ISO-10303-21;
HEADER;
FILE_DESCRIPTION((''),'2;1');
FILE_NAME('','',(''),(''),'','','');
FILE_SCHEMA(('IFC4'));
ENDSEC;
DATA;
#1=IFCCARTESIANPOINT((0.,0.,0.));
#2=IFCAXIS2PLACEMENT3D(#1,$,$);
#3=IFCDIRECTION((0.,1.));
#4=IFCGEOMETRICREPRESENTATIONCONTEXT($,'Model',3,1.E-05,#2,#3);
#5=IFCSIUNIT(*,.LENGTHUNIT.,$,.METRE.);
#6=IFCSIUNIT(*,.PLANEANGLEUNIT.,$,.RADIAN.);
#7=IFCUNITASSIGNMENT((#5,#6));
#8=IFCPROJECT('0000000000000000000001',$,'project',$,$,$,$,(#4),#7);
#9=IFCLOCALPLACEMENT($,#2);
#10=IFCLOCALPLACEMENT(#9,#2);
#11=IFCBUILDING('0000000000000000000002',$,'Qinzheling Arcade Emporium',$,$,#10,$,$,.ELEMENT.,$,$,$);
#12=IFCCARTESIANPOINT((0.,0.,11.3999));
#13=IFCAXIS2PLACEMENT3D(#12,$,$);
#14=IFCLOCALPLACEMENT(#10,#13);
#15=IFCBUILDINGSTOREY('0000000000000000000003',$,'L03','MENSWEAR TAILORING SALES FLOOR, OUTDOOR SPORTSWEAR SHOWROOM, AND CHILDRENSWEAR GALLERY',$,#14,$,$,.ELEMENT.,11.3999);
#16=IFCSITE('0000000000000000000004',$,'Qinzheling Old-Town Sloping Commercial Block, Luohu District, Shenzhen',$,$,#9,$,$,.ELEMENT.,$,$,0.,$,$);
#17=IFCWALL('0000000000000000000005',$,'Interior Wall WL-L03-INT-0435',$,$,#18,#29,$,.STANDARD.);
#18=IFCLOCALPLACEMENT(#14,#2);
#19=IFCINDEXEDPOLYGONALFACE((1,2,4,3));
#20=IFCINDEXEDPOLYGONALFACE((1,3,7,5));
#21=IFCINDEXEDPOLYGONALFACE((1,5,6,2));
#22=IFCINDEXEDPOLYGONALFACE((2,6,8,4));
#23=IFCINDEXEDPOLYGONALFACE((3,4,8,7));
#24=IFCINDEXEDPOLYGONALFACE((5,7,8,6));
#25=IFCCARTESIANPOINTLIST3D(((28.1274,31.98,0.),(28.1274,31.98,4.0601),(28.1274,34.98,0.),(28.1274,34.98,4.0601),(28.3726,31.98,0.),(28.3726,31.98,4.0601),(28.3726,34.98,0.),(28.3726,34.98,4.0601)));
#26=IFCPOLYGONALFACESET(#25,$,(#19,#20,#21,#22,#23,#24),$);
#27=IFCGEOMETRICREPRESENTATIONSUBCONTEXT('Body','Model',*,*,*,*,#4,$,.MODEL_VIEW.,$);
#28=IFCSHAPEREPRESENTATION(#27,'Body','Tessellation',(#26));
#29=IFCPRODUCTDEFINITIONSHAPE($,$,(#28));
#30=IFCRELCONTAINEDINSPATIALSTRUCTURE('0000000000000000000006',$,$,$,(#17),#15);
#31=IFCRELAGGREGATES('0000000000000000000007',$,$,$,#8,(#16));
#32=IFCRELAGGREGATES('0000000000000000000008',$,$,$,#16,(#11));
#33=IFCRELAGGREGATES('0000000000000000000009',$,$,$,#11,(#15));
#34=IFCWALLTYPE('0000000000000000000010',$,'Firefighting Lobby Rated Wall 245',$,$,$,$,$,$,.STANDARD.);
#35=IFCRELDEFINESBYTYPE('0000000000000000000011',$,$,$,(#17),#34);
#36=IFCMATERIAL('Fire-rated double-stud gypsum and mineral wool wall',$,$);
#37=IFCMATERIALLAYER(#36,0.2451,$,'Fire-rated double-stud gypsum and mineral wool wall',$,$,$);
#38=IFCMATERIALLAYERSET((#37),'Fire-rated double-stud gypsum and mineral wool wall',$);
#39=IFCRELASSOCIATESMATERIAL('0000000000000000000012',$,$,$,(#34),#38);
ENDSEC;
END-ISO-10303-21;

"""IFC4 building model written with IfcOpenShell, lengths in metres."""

from ifc_helpers import new_model, si_unit, direction, frame, frame_2d, origin, place, context, subcontext, project, spatial, rectangle, extrude, material, layer, layer_set, type_object, element, save


model = new_model("IFC4")

# Units and contexts
model_context = context("Model", 3, precision=1e-05, world=origin(), true_north=direction((0.0, 1.0)))
body_context = subcontext(model_context, "Body", "Model", "MODEL_VIEW")
ifc_project = project(units=[si_unit("LENGTHUNIT", "METRE"), si_unit("PLANEANGLEUNIT", "RADIAN")], contexts=[model_context])

# Site, building, storey
site_placement = place(None, origin())
site = spatial("IfcSite", under=ifc_project, at=site_placement, Name="Qinzheling Old-Town Sloping Commercial Block, Luohu District, Shenzhen", CompositionType="ELEMENT", RefElevation=0.0)
building_placement = place(site_placement, origin())
building = spatial("IfcBuilding", under=site, at=building_placement, Name="Qinzheling Arcade Emporium", CompositionType="ELEMENT")
storey_placement = place(building_placement, frame((0.0, 0.0, 11.3999)))
storey = spatial("IfcBuildingStorey", under=building, at=storey_placement, Name="L03", Description="MENSWEAR TAILORING SALES FLOOR, OUTDOOR SPORTSWEAR SHOWROOM, AND CHILDRENSWEAR GALLERY", CompositionType="ELEMENT", Elevation=11.3999)

# Shared definitions
ifc_material_1 = material(Name="Fire-rated double-stud gypsum and mineral wool wall")
ifc_layer_1 = layer(ifc_material_1, 0.2451, Name="Fire-rated double-stud gypsum and mineral wool wall")
ifc_layer_set_1 = layer_set([ifc_layer_1], Name="Fire-rated double-stud gypsum and mineral wool wall")
wall_type_1 = type_object("IfcWallType", Name="Firefighting Lobby Rated Wall 245", PredefinedType="STANDARD", material=ifc_layer_set_1)

# Wall
wall_1_placement = place(storey_placement, frame((28.25, 31.98, 0.0), z_axis=(0.0, 0.0, 1.0), x_axis=(0.0, 1.0, 0.0)))
element("IfcWall", 1, at=wall_1_placement, inside=storey, type_object=wall_type_1, Name="Interior Wall WL-L03-INT-0435", PredefinedType="STANDARD", context=body_context, shape_type="SweptSolid", body=[
    extrude(rectangle(XDim=3.0, YDim=0.2451, at=frame_2d((1.5, 0.0))), origin(), (0.0, 0.0, 1.0), 4.0601),
])

save(model, "model.ifc")
